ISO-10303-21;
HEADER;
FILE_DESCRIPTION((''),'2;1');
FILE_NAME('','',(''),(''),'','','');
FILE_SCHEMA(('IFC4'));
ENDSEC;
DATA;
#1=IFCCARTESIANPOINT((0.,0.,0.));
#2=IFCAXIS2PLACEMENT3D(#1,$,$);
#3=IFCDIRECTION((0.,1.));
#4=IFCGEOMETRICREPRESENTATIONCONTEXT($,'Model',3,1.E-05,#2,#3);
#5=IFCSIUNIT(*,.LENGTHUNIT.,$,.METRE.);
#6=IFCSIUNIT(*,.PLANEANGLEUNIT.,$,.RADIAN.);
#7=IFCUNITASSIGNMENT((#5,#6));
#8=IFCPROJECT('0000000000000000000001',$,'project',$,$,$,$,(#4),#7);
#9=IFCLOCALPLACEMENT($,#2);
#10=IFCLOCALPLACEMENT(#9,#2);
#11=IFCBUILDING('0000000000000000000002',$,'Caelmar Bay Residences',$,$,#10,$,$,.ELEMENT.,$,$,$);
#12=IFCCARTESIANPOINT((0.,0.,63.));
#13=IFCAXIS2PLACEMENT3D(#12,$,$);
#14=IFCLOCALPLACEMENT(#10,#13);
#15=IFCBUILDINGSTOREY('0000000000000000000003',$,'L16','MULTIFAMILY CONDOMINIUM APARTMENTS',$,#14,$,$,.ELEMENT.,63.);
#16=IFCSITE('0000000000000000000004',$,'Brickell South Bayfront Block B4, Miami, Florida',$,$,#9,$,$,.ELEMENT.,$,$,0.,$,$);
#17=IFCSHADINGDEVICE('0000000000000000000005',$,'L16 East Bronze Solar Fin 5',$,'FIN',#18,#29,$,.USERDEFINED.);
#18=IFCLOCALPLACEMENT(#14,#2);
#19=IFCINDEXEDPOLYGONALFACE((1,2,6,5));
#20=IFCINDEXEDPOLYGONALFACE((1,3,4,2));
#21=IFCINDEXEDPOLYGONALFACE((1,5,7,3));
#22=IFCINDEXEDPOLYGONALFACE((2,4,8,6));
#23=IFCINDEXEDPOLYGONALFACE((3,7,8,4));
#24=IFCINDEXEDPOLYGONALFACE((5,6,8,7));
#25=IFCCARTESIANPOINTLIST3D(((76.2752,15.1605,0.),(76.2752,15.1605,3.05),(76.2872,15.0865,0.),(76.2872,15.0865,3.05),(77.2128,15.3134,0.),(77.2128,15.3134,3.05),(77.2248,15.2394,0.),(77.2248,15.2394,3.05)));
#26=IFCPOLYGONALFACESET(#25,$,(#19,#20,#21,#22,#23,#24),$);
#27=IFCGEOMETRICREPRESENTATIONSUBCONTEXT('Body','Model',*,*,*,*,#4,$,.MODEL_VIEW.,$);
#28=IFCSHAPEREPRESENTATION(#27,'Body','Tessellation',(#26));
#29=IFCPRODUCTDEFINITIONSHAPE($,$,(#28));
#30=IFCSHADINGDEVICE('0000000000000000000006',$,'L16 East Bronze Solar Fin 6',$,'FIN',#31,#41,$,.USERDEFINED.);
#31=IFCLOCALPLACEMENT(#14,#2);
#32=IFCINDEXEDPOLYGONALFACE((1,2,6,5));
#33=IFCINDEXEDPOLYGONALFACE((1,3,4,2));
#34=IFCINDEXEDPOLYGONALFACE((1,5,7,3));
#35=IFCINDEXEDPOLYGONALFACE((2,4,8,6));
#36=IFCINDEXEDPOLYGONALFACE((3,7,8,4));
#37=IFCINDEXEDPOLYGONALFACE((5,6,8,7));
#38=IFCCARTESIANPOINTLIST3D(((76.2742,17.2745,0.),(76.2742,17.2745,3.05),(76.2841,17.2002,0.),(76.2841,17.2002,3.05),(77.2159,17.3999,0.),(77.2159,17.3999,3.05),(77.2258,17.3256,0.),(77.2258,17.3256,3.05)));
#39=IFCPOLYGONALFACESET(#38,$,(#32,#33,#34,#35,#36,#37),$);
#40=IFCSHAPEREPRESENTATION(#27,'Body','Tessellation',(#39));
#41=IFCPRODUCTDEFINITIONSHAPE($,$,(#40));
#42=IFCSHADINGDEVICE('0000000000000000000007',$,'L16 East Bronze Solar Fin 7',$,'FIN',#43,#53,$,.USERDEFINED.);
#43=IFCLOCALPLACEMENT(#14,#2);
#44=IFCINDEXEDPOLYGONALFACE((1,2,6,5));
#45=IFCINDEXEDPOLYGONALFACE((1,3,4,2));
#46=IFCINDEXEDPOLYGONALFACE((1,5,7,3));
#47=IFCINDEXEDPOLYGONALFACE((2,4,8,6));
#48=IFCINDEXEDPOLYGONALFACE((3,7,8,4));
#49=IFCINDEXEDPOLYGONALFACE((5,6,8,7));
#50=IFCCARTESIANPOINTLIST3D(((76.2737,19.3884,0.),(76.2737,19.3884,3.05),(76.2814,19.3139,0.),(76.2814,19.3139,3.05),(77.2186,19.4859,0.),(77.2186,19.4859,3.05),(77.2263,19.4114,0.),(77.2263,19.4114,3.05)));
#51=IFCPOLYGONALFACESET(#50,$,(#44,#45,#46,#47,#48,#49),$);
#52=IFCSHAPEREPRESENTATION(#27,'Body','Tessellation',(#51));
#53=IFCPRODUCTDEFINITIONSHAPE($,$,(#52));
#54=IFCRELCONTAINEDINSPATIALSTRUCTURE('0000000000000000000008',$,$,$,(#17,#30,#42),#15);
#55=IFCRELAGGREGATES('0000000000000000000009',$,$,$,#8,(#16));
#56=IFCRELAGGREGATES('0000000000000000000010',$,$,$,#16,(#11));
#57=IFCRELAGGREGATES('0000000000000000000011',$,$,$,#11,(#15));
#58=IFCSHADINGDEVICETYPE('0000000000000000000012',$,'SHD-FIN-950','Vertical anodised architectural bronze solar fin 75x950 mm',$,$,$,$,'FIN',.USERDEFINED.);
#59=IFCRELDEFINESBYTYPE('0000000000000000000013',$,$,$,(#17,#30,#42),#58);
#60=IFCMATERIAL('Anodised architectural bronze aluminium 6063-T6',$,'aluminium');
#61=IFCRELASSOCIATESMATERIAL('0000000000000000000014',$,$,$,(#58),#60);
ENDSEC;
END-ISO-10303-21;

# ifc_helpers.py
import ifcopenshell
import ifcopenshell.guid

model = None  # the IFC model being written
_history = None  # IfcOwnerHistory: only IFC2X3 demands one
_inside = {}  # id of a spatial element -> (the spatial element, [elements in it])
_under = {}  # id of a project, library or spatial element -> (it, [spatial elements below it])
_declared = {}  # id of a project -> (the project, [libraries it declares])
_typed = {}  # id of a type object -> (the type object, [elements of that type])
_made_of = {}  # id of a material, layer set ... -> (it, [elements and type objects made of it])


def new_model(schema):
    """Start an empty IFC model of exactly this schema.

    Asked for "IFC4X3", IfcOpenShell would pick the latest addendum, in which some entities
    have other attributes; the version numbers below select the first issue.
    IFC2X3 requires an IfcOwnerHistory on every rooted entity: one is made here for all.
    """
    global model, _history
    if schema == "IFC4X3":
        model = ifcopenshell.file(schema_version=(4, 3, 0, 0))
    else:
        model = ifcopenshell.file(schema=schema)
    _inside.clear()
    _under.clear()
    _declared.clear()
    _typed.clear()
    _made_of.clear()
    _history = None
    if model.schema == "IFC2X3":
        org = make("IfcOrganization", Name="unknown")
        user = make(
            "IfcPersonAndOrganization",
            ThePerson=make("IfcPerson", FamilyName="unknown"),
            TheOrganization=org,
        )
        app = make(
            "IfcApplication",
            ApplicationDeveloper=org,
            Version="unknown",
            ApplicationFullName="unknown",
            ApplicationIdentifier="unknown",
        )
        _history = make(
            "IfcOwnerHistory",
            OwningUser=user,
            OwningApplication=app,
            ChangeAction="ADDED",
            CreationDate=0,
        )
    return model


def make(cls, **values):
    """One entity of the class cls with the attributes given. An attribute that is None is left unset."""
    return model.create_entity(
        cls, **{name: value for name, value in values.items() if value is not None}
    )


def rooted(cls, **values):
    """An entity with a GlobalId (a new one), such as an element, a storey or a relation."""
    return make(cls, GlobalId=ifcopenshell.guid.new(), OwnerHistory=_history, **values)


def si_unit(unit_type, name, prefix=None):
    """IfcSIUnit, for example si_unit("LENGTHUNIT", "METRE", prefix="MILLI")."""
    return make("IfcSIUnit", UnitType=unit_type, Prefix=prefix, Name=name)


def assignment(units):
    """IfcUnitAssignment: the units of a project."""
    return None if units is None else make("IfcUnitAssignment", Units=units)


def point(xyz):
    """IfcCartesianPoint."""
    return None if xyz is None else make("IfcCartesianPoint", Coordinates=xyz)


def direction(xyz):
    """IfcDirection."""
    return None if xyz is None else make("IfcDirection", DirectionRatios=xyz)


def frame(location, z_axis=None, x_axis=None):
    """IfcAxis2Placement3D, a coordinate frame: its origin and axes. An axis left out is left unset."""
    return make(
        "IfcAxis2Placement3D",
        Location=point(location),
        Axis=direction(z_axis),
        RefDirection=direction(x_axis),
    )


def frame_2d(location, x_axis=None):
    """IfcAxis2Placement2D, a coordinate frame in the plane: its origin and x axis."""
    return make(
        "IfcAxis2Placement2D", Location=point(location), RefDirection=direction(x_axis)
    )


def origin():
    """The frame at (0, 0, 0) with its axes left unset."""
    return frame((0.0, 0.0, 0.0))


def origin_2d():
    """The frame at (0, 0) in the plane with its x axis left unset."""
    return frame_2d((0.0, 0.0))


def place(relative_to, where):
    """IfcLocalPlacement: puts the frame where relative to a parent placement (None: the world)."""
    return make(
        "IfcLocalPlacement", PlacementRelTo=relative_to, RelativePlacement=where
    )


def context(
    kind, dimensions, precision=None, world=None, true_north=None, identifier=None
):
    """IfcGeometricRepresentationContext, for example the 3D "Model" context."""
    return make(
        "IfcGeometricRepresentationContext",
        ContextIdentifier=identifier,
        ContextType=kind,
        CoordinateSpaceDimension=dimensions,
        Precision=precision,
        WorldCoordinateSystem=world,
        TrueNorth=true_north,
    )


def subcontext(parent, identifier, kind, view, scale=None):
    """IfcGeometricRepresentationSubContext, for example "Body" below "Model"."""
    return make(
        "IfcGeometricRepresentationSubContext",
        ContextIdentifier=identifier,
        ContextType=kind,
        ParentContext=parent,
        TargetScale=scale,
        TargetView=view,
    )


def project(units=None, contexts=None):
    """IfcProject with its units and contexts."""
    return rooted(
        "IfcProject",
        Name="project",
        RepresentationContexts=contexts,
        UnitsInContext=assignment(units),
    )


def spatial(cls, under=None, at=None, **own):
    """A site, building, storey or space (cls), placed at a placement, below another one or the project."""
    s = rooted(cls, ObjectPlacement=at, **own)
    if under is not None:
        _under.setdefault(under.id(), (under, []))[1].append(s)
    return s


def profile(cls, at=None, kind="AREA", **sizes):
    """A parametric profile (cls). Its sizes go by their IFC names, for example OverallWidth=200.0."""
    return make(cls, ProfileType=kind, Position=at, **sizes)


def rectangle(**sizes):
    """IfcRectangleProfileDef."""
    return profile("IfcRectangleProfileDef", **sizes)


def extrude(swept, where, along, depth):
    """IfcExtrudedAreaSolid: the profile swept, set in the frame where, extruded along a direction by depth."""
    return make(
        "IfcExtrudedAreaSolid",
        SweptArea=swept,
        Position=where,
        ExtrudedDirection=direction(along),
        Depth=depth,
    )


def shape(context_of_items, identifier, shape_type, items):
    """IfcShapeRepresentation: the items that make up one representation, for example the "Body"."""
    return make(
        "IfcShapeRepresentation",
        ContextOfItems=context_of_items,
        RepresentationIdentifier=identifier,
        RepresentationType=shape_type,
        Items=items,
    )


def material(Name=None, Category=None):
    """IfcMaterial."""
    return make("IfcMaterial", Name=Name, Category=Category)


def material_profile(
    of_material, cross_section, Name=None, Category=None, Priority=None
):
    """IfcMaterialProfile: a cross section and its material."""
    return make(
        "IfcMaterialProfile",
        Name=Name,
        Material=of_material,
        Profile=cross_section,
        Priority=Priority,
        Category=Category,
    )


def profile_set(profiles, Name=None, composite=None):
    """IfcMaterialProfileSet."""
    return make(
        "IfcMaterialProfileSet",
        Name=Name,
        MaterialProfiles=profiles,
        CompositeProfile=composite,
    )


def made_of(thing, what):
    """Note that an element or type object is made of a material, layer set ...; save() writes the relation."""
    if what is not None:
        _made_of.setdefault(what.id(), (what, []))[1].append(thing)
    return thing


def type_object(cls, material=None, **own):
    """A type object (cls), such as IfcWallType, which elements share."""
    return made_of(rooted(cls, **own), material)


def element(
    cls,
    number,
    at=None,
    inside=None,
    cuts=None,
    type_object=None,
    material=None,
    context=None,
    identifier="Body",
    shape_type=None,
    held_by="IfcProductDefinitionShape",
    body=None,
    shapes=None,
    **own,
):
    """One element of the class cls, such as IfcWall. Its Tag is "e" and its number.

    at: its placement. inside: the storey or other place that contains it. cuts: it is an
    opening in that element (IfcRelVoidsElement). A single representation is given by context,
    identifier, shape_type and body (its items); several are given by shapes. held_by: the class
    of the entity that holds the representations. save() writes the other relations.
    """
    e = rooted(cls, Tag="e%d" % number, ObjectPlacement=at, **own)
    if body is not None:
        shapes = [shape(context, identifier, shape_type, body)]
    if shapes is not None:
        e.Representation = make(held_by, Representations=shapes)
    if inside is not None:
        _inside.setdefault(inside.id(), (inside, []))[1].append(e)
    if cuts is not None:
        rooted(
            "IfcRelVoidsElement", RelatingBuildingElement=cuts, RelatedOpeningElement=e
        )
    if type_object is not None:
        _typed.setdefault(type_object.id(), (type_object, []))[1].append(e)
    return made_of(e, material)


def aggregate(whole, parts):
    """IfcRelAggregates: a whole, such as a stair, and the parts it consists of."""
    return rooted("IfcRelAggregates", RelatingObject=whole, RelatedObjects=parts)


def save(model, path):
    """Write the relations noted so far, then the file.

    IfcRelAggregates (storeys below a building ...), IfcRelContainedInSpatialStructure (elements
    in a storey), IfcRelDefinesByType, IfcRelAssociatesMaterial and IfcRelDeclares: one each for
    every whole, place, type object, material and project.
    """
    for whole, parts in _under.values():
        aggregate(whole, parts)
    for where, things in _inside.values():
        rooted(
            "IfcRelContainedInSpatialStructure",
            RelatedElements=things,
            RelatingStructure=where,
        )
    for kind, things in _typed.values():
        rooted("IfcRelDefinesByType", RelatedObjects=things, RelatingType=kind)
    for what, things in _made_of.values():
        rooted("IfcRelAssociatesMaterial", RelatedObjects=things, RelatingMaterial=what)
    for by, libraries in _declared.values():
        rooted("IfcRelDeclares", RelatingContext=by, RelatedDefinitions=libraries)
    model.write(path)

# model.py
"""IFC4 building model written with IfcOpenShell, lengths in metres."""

from ifc_helpers import new_model, si_unit, direction, frame, origin, origin_2d, place, context, subcontext, project, spatial, rectangle, extrude, material, material_profile, profile_set, type_object, element, save


model = new_model("IFC4")

# Units and contexts
model_context = context("Model", 3, precision=1e-05, world=origin(), true_north=direction((0.0, 1.0)))
body_context = subcontext(model_context, "Body", "Model", "MODEL_VIEW")
ifc_project = project(units=[si_unit("LENGTHUNIT", "METRE"), si_unit("PLANEANGLEUNIT", "RADIAN")], contexts=[model_context])

# Site, building, storey
site_placement = place(None, origin())
site = spatial("IfcSite", under=ifc_project, at=site_placement, Name="Brickell South Bayfront Block B4, Miami, Florida", CompositionType="ELEMENT", RefElevation=0.0)
building_placement = place(site_placement, origin())
building = spatial("IfcBuilding", under=site, at=building_placement, Name="Caelmar Bay Residences", CompositionType="ELEMENT")
storey_placement = place(building_placement, frame((0.0, 0.0, 63.0)))
storey = spatial("IfcBuildingStorey", under=building, at=storey_placement, Name="L16", Description="MULTIFAMILY CONDOMINIUM APARTMENTS", CompositionType="ELEMENT", Elevation=63.0)

# Shading devices
ifc_material_1 = material(Name="Anodised architectural bronze aluminium 6063-T6", Category="aluminium")
ifc_material_profile_1 = material_profile(ifc_material_1, rectangle(XDim=0.075, YDim=0.95, at=origin_2d()), Name="BRONZE-FIN-75X950")
ifc_profile_set_1 = profile_set([ifc_material_profile_1], Name="Anodised architectural bronze aluminium 6063-T6")
shading_device_type = type_object("IfcShadingDeviceType", Name="SHD-FIN-950", Description="Vertical anodised architectural bronze solar fin 75x950 mm", ElementType="FIN", PredefinedType="USERDEFINED", material=ifc_profile_set_1)
for number, where, z_axis, x_axis, name in (
    (1, (76.75, 15.2, 0.0), (0.0, 0.0, 1.0), (-0.160915, 0.986968, 0.0), "L16 East Bronze Solar Fin 5"),
    (2, (76.75, 17.3, 0.0), (0.0, 0.0, 1.0), (-0.13191, 0.991262, 0.0), "L16 East Bronze Solar Fin 6"),
    (3, (76.75, 19.3999, 0.0), (0.0, 0.0, 1.0), (-0.102619, 0.994721, 0.0), "L16 East Bronze Solar Fin 7"),
):
    element("IfcShadingDevice", number, at=place(storey_placement, frame(where, z_axis=z_axis, x_axis=x_axis)), inside=storey, type_object=shading_device_type, Name=name, ObjectType="FIN", PredefinedType="USERDEFINED", context=body_context, shape_type="SweptSolid", body=[
        extrude(rectangle(XDim=0.075, YDim=0.95, at=origin_2d()), origin(), (0.0, 0.0, 1.0), 3.05),
    ])

save(model, "model.ifc")
